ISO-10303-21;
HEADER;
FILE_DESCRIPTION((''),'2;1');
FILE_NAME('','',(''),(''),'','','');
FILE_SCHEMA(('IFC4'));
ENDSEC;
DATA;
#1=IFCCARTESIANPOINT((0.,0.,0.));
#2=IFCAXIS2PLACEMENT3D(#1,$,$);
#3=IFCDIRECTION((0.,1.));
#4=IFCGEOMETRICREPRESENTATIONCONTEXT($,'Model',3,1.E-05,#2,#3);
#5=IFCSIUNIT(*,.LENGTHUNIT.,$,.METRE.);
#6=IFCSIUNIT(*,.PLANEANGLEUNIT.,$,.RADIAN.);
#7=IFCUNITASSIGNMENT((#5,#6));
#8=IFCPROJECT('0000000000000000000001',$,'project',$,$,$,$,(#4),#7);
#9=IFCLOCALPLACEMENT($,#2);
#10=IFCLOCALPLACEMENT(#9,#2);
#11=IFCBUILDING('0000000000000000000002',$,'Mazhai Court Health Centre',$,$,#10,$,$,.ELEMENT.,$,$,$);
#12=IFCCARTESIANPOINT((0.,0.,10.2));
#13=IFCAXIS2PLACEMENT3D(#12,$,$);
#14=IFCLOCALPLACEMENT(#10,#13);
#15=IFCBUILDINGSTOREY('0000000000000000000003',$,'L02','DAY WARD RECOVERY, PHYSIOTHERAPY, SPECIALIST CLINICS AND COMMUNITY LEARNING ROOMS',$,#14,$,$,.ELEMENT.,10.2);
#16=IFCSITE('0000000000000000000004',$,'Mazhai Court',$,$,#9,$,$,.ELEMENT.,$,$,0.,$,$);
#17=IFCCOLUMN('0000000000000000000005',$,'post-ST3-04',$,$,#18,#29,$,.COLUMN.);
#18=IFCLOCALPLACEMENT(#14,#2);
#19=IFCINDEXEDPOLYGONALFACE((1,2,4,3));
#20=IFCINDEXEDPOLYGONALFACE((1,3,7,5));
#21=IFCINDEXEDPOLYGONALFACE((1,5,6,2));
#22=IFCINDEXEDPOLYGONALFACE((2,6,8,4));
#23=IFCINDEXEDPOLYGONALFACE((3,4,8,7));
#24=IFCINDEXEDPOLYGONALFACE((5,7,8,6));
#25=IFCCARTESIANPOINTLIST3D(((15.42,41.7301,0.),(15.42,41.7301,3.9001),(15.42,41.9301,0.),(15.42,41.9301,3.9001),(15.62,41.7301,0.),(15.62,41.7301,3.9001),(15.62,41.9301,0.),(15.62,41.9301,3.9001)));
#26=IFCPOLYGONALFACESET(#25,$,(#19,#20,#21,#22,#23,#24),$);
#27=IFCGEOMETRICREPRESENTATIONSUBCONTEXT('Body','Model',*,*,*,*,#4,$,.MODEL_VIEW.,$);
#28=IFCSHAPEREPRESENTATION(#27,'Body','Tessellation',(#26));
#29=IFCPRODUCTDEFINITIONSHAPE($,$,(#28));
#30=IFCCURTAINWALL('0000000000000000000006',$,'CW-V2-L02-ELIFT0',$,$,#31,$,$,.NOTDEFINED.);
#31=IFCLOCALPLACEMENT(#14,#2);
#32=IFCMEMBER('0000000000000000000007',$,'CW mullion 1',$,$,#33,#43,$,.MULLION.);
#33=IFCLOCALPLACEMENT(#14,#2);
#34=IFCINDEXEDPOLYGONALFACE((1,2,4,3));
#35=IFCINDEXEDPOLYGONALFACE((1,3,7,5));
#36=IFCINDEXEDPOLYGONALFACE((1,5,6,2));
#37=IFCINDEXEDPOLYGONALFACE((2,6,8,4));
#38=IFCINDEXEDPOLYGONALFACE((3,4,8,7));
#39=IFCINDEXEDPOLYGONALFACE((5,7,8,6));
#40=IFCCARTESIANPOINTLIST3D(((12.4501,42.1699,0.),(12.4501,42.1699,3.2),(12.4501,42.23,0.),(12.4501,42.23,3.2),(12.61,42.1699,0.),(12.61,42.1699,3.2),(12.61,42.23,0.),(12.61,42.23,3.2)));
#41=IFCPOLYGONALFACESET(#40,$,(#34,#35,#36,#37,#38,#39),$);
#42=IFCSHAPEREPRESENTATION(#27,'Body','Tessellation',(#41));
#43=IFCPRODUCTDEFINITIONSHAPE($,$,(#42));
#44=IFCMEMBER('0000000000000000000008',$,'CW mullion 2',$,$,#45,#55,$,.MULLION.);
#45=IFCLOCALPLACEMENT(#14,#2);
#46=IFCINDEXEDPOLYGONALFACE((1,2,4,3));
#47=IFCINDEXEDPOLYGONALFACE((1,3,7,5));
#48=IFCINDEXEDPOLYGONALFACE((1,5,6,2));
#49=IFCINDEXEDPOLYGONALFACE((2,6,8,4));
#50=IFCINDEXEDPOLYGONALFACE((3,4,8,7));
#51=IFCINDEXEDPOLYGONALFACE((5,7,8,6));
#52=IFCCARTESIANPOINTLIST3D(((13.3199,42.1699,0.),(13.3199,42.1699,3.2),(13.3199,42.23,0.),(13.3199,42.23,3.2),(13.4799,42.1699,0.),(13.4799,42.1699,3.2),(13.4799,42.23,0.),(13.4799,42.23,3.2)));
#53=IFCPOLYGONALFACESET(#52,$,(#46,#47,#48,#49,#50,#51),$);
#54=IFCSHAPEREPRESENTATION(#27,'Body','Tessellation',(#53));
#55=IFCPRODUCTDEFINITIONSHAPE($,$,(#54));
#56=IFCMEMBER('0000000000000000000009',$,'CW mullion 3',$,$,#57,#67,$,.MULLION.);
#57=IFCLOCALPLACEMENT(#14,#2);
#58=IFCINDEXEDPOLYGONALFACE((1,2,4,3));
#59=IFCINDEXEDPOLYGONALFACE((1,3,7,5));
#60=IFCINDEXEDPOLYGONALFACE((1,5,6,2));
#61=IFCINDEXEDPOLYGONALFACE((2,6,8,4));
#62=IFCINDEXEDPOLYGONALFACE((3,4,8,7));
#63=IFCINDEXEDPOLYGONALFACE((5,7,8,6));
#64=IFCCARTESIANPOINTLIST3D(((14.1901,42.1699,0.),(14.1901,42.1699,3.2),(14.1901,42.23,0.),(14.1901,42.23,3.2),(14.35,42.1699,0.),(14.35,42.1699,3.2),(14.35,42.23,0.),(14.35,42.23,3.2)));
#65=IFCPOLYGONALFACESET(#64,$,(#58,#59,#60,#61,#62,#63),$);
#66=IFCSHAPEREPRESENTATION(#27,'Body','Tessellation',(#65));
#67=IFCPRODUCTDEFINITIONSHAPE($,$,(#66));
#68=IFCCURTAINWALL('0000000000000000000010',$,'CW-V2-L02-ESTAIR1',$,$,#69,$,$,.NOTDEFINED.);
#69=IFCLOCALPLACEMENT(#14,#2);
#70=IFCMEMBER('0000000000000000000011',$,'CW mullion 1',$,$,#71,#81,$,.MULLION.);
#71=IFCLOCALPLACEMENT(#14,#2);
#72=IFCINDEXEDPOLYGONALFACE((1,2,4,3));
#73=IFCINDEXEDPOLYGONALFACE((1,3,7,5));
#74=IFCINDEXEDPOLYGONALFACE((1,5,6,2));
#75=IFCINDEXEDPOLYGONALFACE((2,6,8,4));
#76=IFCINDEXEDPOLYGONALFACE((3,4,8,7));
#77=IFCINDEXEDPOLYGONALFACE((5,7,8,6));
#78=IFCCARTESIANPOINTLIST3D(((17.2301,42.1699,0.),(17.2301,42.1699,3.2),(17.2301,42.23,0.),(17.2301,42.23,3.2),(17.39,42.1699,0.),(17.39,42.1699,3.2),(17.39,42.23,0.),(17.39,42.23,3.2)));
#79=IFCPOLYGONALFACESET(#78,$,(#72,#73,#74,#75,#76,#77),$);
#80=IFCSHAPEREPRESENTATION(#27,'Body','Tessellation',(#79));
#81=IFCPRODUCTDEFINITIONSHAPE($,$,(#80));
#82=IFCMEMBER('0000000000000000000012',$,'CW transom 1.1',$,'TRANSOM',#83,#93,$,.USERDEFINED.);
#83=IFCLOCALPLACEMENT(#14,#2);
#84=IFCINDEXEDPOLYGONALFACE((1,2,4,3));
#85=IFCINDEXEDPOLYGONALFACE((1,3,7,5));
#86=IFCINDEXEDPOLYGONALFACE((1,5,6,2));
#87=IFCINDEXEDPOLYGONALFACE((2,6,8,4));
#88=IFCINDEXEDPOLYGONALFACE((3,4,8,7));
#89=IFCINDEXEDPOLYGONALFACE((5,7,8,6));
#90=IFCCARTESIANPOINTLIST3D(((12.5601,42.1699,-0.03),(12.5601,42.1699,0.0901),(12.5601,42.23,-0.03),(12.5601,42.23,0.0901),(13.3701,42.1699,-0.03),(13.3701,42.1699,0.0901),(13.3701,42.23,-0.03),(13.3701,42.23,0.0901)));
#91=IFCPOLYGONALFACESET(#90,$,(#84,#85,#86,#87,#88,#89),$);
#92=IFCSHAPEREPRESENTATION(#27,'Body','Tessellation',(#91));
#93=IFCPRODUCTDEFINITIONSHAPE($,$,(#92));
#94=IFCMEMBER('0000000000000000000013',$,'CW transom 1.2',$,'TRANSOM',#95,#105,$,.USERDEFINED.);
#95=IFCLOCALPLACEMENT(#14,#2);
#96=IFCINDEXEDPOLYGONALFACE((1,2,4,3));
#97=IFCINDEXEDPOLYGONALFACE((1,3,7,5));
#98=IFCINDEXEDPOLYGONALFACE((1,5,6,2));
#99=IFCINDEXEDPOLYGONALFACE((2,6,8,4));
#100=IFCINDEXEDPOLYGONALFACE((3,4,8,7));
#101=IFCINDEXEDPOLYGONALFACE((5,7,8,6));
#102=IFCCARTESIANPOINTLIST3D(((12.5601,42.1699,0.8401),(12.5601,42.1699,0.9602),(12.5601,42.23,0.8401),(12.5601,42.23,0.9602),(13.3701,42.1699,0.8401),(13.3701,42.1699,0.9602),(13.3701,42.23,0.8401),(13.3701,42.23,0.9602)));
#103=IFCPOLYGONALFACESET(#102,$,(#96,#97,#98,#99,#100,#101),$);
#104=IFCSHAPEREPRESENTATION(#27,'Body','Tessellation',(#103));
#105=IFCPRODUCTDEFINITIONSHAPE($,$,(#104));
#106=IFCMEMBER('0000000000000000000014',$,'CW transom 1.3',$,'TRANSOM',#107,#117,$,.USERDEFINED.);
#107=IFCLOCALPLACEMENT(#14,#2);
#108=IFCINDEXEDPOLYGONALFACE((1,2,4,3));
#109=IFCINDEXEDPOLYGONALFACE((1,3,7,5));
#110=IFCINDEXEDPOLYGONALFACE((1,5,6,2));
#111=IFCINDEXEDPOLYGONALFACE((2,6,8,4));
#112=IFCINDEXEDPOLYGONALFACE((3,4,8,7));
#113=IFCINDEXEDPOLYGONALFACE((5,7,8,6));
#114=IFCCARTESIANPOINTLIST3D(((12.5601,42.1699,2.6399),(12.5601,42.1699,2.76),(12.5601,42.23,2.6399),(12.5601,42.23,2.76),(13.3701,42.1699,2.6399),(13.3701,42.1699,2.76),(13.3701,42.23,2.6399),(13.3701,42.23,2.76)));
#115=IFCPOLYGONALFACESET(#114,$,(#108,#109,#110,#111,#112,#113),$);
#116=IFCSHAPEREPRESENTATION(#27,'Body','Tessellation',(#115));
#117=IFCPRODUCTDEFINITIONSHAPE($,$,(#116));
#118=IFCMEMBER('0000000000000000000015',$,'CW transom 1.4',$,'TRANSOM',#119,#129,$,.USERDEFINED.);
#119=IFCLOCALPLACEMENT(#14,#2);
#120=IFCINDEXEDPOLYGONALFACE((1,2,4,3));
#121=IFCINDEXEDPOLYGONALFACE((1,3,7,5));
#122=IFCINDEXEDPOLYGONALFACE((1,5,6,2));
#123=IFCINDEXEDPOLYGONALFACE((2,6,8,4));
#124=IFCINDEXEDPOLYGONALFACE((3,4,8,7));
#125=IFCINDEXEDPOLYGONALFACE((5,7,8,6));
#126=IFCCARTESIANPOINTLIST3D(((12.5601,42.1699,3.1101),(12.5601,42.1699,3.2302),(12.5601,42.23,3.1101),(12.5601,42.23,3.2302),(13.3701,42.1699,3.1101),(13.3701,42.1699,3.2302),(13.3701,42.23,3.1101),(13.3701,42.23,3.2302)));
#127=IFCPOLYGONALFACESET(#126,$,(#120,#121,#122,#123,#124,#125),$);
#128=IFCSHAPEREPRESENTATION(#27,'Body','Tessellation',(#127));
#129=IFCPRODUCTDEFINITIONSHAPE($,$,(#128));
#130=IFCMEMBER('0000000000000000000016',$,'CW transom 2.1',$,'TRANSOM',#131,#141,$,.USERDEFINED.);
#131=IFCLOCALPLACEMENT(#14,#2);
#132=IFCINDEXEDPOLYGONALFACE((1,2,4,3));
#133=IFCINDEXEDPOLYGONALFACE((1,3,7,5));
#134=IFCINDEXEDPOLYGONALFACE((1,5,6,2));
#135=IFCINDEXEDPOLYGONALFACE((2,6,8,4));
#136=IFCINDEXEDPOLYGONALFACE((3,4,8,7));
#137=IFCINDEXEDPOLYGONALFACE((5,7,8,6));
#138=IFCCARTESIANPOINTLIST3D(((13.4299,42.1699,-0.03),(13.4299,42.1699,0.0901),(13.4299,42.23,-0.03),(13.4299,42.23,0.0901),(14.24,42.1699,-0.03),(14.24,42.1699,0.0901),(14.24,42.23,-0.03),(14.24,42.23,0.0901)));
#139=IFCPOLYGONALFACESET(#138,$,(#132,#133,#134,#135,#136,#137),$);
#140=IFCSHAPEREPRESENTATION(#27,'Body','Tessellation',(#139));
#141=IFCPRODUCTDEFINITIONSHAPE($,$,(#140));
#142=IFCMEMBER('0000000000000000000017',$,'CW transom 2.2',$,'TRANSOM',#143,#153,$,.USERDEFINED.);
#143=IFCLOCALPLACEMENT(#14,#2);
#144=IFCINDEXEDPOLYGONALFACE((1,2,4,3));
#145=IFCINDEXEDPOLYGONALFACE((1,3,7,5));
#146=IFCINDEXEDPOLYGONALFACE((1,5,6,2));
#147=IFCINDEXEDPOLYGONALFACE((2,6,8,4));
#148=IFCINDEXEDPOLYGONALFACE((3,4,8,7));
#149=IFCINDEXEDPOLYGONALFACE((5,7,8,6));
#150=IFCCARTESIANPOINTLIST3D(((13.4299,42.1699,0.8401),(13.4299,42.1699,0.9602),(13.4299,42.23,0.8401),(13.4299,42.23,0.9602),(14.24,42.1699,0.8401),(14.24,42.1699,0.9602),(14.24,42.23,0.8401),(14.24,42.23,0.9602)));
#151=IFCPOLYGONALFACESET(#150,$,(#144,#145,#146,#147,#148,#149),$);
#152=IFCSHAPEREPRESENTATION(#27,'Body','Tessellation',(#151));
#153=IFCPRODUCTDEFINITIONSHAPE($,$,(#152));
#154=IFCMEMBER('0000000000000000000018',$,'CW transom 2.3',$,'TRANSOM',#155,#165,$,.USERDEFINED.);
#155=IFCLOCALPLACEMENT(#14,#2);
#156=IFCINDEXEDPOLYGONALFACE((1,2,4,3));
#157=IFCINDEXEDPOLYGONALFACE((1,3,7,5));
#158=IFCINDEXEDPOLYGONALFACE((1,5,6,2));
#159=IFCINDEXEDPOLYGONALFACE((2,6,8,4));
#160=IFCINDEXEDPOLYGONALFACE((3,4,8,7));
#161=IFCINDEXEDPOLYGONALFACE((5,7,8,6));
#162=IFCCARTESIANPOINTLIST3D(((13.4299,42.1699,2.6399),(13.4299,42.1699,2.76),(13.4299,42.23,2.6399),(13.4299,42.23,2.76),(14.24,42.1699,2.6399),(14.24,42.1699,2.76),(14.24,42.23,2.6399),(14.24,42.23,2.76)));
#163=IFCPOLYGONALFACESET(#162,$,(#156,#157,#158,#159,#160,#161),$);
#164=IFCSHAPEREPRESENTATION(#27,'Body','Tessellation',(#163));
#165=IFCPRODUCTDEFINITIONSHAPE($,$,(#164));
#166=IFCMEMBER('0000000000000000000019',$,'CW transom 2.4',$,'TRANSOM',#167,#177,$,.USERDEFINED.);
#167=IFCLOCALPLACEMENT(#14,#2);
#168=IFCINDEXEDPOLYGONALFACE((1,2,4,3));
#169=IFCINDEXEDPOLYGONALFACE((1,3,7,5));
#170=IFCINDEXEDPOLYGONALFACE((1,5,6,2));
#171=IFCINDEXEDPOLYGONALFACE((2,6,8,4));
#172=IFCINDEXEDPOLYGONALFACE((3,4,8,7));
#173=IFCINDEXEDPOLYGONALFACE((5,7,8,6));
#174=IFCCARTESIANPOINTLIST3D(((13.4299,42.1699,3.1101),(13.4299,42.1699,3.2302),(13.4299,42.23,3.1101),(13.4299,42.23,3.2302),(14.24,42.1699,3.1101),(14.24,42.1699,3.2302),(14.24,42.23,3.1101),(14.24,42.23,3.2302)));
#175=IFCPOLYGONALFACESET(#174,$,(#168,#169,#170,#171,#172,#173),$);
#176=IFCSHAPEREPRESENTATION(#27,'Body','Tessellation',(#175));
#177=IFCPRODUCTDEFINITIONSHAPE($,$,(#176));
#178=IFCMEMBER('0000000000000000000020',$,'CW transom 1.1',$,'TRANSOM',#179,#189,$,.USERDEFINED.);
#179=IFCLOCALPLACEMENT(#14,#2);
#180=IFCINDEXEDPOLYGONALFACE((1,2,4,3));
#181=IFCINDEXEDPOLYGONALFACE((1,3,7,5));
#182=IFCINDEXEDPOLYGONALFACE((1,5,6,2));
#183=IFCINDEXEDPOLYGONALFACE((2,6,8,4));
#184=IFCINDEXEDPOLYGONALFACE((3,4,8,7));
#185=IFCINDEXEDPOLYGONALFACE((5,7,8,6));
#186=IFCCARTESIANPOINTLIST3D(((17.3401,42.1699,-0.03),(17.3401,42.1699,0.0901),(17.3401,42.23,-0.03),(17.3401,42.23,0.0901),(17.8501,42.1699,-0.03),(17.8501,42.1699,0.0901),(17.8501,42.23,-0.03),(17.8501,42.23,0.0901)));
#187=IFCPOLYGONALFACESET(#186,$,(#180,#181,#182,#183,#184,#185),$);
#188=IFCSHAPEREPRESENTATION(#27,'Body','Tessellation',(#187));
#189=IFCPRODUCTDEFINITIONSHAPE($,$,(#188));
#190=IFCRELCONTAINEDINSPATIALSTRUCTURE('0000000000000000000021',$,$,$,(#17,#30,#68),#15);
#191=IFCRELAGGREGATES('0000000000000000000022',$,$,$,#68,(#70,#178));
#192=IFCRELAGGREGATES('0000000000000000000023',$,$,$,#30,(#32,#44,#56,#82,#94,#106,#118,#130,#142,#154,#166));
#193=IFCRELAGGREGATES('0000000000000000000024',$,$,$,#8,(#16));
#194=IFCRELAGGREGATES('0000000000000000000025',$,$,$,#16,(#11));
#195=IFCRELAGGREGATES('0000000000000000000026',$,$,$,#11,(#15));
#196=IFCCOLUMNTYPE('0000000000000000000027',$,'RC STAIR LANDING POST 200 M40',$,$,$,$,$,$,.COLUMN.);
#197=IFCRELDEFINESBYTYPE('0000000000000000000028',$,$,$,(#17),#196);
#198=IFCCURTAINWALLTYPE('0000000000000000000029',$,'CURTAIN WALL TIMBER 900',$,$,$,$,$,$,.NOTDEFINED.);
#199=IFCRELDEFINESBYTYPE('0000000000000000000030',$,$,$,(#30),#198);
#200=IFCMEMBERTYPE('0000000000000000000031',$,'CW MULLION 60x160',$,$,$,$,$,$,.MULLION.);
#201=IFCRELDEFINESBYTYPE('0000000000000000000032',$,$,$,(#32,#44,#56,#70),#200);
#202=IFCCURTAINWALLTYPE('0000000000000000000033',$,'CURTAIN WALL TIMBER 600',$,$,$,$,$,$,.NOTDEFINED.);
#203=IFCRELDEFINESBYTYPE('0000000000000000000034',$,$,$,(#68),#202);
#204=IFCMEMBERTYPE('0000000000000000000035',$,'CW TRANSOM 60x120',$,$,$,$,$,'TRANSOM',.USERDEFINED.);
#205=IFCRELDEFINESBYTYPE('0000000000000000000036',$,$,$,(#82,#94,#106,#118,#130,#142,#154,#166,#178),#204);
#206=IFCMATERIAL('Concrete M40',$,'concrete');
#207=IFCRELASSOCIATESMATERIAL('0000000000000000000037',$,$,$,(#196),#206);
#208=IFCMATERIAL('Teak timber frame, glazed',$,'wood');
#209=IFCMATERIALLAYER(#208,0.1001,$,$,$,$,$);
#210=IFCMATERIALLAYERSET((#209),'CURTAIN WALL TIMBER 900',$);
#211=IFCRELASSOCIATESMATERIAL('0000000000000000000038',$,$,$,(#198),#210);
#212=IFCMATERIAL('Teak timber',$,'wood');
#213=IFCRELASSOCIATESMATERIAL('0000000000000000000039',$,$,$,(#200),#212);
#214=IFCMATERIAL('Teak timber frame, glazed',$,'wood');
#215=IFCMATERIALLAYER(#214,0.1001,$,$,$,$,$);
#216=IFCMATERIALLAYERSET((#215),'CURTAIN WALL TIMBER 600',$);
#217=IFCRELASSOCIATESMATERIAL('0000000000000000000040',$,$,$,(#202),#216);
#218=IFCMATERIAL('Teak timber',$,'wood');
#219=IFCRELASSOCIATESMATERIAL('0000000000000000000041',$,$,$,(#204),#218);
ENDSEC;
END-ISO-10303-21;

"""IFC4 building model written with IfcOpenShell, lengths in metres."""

from ifc_helpers import new_model, si_unit, direction, frame, origin, origin_2d, place, context, subcontext, project, spatial, rectangle, extrude, material, layer, layer_set, material_profile, profile_set, type_object, element, aggregate, save


model = new_model("IFC4")

# Units and contexts
model_context = context("Model", 3, precision=1e-05, world=origin(), true_north=direction((0.0, 1.0)))
body_context = subcontext(model_context, "Body", "Model", "MODEL_VIEW")
ifc_project = project(units=[si_unit("LENGTHUNIT", "METRE"), si_unit("PLANEANGLEUNIT", "RADIAN")], contexts=[model_context])

# Site, building, storey
site_placement = place(None, origin())
site = spatial("IfcSite", under=ifc_project, at=site_placement, Name="Mazhai Court", CompositionType="ELEMENT", RefElevation=0.0)
building_placement = place(site_placement, origin())
building = spatial("IfcBuilding", under=site, at=building_placement, Name="Mazhai Court Health Centre", CompositionType="ELEMENT")
storey_placement = place(building_placement, frame((0.0, 0.0, 10.2)))
storey = spatial("IfcBuildingStorey", under=building, at=storey_placement, Name="L02", Description="DAY WARD RECOVERY, PHYSIOTHERAPY, SPECIALIST CLINICS AND COMMUNITY LEARNING ROOMS", CompositionType="ELEMENT", Elevation=10.2)

# Column
ifc_material_1 = material(Name="Concrete M40", Category="concrete")
ifc_material_profile_1 = material_profile(ifc_material_1, rectangle(XDim=0.2, YDim=0.2, at=origin_2d()), Name="RC 200x200")
ifc_profile_set_1 = profile_set([ifc_material_profile_1], Name="Concrete M40")
column_type = type_object("IfcColumnType", Name="RC STAIR LANDING POST 200 M40", PredefinedType="COLUMN", material=ifc_profile_set_1)
column_placement = place(storey_placement, frame((15.52, 41.8301, 0.0), z_axis=(0.0, 0.0, 1.0), x_axis=(1.0, 0.0, 0.0)))
element("IfcColumn", 1, at=column_placement, inside=storey, type_object=column_type, Name="post-ST3-04", PredefinedType="COLUMN", context=body_context, shape_type="SweptSolid", body=[
    extrude(rectangle(XDim=0.2, YDim=0.2, at=origin_2d()), origin(), (0.0, 0.0, 1.0), 3.9001),
])

# Curtain wall, members
ifc_material_2 = material(Name="Teak timber frame, glazed", Category="wood")
ifc_layer_1 = layer(ifc_material_2, 0.1001)
ifc_layer_set_1 = layer_set([ifc_layer_1], Name="CURTAIN WALL TIMBER 900")
curtain_wall_type_1 = type_object("IfcCurtainWallType", Name="CURTAIN WALL TIMBER 900", PredefinedType="NOTDEFINED", material=ifc_layer_set_1)
curtain_wall_1_placement = place(storey_placement, origin())
curtain_wall_1 = element("IfcCurtainWall", 2, at=curtain_wall_1_placement, inside=storey, type_object=curtain_wall_type_1, Name="CW-V2-L02-ELIFT0", PredefinedType="NOTDEFINED")
ifc_material_3 = material(Name="Teak timber", Category="wood")
ifc_material_profile_2 = material_profile(ifc_material_3, rectangle(XDim=0.0601, YDim=0.1599, at=origin_2d()), Name="CW MULLION 60x160")
ifc_profile_set_2 = profile_set([ifc_material_profile_2], Name="Teak timber")
member_type_1 = type_object("IfcMemberType", Name="CW MULLION 60x160", PredefinedType="MULLION", material=ifc_profile_set_2)
member_1_placement = place(storey_placement, frame((12.53, 42.2, 0.0), z_axis=(0.0, 0.0, 1.0), x_axis=(0.0, 1.0, 0.0)))
member_1 = element("IfcMember", 3, at=member_1_placement, type_object=member_type_1, Name="CW mullion 1", PredefinedType="MULLION", context=body_context, shape_type="SweptSolid", body=[
    extrude(rectangle(XDim=0.0601, YDim=0.1599, at=origin_2d()), origin(), (0.0, 0.0, 1.0), 3.2),
])
member_2_placement = place(storey_placement, frame((13.3999, 42.2, 0.0), z_axis=(0.0, 0.0, 1.0), x_axis=(0.0, 1.0, 0.0)))
member_2 = element("IfcMember", 4, at=member_2_placement, type_object=member_type_1, Name="CW mullion 2", PredefinedType="MULLION", context=body_context, shape_type="SweptSolid", body=[
    extrude(rectangle(XDim=0.0601, YDim=0.1599, at=origin_2d()), origin(), (0.0, 0.0, 1.0), 3.2),
])
member_3_placement = place(storey_placement, frame((14.27, 42.2, 0.0), z_axis=(0.0, 0.0, 1.0), x_axis=(0.0, 1.0, 0.0)))
member_3 = element("IfcMember", 5, at=member_3_placement, type_object=member_type_1, Name="CW mullion 3", PredefinedType="MULLION", context=body_context, shape_type="SweptSolid", body=[
    extrude(rectangle(XDim=0.0601, YDim=0.1599, at=origin_2d()), origin(), (0.0, 0.0, 1.0), 3.2),
])

# Curtain wall, member
ifc_material_4 = material(Name="Teak timber frame, glazed", Category="wood")
ifc_layer_2 = layer(ifc_material_4, 0.1001)
ifc_layer_set_2 = layer_set([ifc_layer_2], Name="CURTAIN WALL TIMBER 600")
curtain_wall_type_2 = type_object("IfcCurtainWallType", Name="CURTAIN WALL TIMBER 600", PredefinedType="NOTDEFINED", material=ifc_layer_set_2)
curtain_wall_2_placement = place(storey_placement, origin())
curtain_wall_2 = element("IfcCurtainWall", 6, at=curtain_wall_2_placement, inside=storey, type_object=curtain_wall_type_2, Name="CW-V2-L02-ESTAIR1", PredefinedType="NOTDEFINED")
member_4_placement = place(storey_placement, frame((17.3101, 42.2, 0.0), z_axis=(0.0, 0.0, 1.0), x_axis=(0.0, 1.0, 0.0)))
member_4 = element("IfcMember", 7, at=member_4_placement, type_object=member_type_1, Name="CW mullion 1", PredefinedType="MULLION", context=body_context, shape_type="SweptSolid", body=[
    extrude(rectangle(XDim=0.0601, YDim=0.1599, at=origin_2d()), origin(), (0.0, 0.0, 1.0), 3.2),
])

# Members
ifc_material_5 = material(Name="Teak timber", Category="wood")
ifc_material_profile_3 = material_profile(ifc_material_5, rectangle(XDim=0.0601, YDim=0.1201, at=origin_2d()), Name="CW TRANSOM 60x120")
ifc_profile_set_3 = profile_set([ifc_material_profile_3], Name="Teak timber")
member_type_2 = type_object("IfcMemberType", Name="CW TRANSOM 60x120", ElementType="TRANSOM", PredefinedType="USERDEFINED", material=ifc_profile_set_3)
member_5_placement = place(storey_placement, frame((12.5601, 42.2, 0.03), z_axis=(1.0, 0.0, 0.0), x_axis=(0.0, 1.0, 0.0)))
member_5 = element("IfcMember", 8, at=member_5_placement, type_object=member_type_2, Name="CW transom 1.1", ObjectType="TRANSOM", PredefinedType="USERDEFINED", context=body_context, shape_type="SweptSolid", body=[
    extrude(rectangle(XDim=0.0601, YDim=0.1201, at=origin_2d()), origin(), (0.0, 0.0, 1.0), 0.8101),
])
member_6_placement = place(storey_placement, frame((12.5601, 42.2, 0.9001), z_axis=(1.0, 0.0, 0.0), x_axis=(0.0, 1.0, 0.0)))
member_6 = element("IfcMember", 9, at=member_6_placement, type_object=member_type_2, Name="CW transom 1.2", ObjectType="TRANSOM", PredefinedType="USERDEFINED", context=body_context, shape_type="SweptSolid", body=[
    extrude(rectangle(XDim=0.0601, YDim=0.1201, at=origin_2d()), origin(), (0.0, 0.0, 1.0), 0.8101),
])
member_7_placement = place(storey_placement, frame((12.5601, 42.2, 2.7), z_axis=(1.0, 0.0, 0.0), x_axis=(0.0, 1.0, 0.0)))
member_7 = element("IfcMember", 10, at=member_7_placement, type_object=member_type_2, Name="CW transom 1.3", ObjectType="TRANSOM", PredefinedType="USERDEFINED", context=body_context, shape_type="SweptSolid", body=[
    extrude(rectangle(XDim=0.0601, YDim=0.1201, at=origin_2d()), origin(), (0.0, 0.0, 1.0), 0.8101),
])
member_8_placement = place(storey_placement, frame((12.5601, 42.2, 3.1702), z_axis=(1.0, 0.0, 0.0), x_axis=(0.0, 1.0, 0.0)))
member_8 = element("IfcMember", 11, at=member_8_placement, type_object=member_type_2, Name="CW transom 1.4", ObjectType="TRANSOM", PredefinedType="USERDEFINED", context=body_context, shape_type="SweptSolid", body=[
    extrude(rectangle(XDim=0.0601, YDim=0.1201, at=origin_2d()), origin(), (0.0, 0.0, 1.0), 0.8101),
])
member_9_placement = place(storey_placement, frame((13.4299, 42.2, 0.03), z_axis=(1.0, 0.0, 0.0), x_axis=(0.0, 1.0, 0.0)))
member_9 = element("IfcMember", 12, at=member_9_placement, type_object=member_type_2, Name="CW transom 2.1", ObjectType="TRANSOM", PredefinedType="USERDEFINED", context=body_context, shape_type="SweptSolid", body=[
    extrude(rectangle(XDim=0.0601, YDim=0.1201, at=origin_2d()), origin(), (0.0, 0.0, 1.0), 0.8101),
])
member_10_placement = place(storey_placement, frame((13.4299, 42.2, 0.9001), z_axis=(1.0, 0.0, 0.0), x_axis=(0.0, 1.0, 0.0)))
member_10 = element("IfcMember", 13, at=member_10_placement, type_object=member_type_2, Name="CW transom 2.2", ObjectType="TRANSOM", PredefinedType="USERDEFINED", context=body_context, shape_type="SweptSolid", body=[
    extrude(rectangle(XDim=0.0601, YDim=0.1201, at=origin_2d()), origin(), (0.0, 0.0, 1.0), 0.8101),
])
member_11_placement = place(storey_placement, frame((13.4299, 42.2, 2.7), z_axis=(1.0, 0.0, 0.0), x_axis=(0.0, 1.0, 0.0)))
member_11 = element("IfcMember", 14, at=member_11_placement, type_object=member_type_2, Name="CW transom 2.3", ObjectType="TRANSOM", PredefinedType="USERDEFINED", context=body_context, shape_type="SweptSolid", body=[
    extrude(rectangle(XDim=0.0601, YDim=0.1201, at=origin_2d()), origin(), (0.0, 0.0, 1.0), 0.8101),
])
member_12_placement = place(storey_placement, frame((13.4299, 42.2, 3.1702), z_axis=(1.0, 0.0, 0.0), x_axis=(0.0, 1.0, 0.0)))
member_12 = element("IfcMember", 15, at=member_12_placement, type_object=member_type_2, Name="CW transom 2.4", ObjectType="TRANSOM", PredefinedType="USERDEFINED", context=body_context, shape_type="SweptSolid", body=[
    extrude(rectangle(XDim=0.0601, YDim=0.1201, at=origin_2d()), origin(), (0.0, 0.0, 1.0), 0.8101),
])
member_13_placement = place(storey_placement, frame((17.3401, 42.2, 0.03), z_axis=(1.0, 0.0, 0.0), x_axis=(0.0, 1.0, 0.0)))
member_13 = element("IfcMember", 16, at=member_13_placement, type_object=member_type_2, Name="CW transom 1.1", ObjectType="TRANSOM", PredefinedType="USERDEFINED", context=body_context, shape_type="SweptSolid", body=[
    extrude(rectangle(XDim=0.0601, YDim=0.1201, at=origin_2d()), origin(), (0.0, 0.0, 1.0), 0.51),
])
aggregate(curtain_wall_2, [member_4, member_13])

aggregate(curtain_wall_1, [member_1, member_2, member_3, member_5, member_6, member_7, member_8, member_9, member_10, member_11, member_12])

save(model, "model.ifc")
